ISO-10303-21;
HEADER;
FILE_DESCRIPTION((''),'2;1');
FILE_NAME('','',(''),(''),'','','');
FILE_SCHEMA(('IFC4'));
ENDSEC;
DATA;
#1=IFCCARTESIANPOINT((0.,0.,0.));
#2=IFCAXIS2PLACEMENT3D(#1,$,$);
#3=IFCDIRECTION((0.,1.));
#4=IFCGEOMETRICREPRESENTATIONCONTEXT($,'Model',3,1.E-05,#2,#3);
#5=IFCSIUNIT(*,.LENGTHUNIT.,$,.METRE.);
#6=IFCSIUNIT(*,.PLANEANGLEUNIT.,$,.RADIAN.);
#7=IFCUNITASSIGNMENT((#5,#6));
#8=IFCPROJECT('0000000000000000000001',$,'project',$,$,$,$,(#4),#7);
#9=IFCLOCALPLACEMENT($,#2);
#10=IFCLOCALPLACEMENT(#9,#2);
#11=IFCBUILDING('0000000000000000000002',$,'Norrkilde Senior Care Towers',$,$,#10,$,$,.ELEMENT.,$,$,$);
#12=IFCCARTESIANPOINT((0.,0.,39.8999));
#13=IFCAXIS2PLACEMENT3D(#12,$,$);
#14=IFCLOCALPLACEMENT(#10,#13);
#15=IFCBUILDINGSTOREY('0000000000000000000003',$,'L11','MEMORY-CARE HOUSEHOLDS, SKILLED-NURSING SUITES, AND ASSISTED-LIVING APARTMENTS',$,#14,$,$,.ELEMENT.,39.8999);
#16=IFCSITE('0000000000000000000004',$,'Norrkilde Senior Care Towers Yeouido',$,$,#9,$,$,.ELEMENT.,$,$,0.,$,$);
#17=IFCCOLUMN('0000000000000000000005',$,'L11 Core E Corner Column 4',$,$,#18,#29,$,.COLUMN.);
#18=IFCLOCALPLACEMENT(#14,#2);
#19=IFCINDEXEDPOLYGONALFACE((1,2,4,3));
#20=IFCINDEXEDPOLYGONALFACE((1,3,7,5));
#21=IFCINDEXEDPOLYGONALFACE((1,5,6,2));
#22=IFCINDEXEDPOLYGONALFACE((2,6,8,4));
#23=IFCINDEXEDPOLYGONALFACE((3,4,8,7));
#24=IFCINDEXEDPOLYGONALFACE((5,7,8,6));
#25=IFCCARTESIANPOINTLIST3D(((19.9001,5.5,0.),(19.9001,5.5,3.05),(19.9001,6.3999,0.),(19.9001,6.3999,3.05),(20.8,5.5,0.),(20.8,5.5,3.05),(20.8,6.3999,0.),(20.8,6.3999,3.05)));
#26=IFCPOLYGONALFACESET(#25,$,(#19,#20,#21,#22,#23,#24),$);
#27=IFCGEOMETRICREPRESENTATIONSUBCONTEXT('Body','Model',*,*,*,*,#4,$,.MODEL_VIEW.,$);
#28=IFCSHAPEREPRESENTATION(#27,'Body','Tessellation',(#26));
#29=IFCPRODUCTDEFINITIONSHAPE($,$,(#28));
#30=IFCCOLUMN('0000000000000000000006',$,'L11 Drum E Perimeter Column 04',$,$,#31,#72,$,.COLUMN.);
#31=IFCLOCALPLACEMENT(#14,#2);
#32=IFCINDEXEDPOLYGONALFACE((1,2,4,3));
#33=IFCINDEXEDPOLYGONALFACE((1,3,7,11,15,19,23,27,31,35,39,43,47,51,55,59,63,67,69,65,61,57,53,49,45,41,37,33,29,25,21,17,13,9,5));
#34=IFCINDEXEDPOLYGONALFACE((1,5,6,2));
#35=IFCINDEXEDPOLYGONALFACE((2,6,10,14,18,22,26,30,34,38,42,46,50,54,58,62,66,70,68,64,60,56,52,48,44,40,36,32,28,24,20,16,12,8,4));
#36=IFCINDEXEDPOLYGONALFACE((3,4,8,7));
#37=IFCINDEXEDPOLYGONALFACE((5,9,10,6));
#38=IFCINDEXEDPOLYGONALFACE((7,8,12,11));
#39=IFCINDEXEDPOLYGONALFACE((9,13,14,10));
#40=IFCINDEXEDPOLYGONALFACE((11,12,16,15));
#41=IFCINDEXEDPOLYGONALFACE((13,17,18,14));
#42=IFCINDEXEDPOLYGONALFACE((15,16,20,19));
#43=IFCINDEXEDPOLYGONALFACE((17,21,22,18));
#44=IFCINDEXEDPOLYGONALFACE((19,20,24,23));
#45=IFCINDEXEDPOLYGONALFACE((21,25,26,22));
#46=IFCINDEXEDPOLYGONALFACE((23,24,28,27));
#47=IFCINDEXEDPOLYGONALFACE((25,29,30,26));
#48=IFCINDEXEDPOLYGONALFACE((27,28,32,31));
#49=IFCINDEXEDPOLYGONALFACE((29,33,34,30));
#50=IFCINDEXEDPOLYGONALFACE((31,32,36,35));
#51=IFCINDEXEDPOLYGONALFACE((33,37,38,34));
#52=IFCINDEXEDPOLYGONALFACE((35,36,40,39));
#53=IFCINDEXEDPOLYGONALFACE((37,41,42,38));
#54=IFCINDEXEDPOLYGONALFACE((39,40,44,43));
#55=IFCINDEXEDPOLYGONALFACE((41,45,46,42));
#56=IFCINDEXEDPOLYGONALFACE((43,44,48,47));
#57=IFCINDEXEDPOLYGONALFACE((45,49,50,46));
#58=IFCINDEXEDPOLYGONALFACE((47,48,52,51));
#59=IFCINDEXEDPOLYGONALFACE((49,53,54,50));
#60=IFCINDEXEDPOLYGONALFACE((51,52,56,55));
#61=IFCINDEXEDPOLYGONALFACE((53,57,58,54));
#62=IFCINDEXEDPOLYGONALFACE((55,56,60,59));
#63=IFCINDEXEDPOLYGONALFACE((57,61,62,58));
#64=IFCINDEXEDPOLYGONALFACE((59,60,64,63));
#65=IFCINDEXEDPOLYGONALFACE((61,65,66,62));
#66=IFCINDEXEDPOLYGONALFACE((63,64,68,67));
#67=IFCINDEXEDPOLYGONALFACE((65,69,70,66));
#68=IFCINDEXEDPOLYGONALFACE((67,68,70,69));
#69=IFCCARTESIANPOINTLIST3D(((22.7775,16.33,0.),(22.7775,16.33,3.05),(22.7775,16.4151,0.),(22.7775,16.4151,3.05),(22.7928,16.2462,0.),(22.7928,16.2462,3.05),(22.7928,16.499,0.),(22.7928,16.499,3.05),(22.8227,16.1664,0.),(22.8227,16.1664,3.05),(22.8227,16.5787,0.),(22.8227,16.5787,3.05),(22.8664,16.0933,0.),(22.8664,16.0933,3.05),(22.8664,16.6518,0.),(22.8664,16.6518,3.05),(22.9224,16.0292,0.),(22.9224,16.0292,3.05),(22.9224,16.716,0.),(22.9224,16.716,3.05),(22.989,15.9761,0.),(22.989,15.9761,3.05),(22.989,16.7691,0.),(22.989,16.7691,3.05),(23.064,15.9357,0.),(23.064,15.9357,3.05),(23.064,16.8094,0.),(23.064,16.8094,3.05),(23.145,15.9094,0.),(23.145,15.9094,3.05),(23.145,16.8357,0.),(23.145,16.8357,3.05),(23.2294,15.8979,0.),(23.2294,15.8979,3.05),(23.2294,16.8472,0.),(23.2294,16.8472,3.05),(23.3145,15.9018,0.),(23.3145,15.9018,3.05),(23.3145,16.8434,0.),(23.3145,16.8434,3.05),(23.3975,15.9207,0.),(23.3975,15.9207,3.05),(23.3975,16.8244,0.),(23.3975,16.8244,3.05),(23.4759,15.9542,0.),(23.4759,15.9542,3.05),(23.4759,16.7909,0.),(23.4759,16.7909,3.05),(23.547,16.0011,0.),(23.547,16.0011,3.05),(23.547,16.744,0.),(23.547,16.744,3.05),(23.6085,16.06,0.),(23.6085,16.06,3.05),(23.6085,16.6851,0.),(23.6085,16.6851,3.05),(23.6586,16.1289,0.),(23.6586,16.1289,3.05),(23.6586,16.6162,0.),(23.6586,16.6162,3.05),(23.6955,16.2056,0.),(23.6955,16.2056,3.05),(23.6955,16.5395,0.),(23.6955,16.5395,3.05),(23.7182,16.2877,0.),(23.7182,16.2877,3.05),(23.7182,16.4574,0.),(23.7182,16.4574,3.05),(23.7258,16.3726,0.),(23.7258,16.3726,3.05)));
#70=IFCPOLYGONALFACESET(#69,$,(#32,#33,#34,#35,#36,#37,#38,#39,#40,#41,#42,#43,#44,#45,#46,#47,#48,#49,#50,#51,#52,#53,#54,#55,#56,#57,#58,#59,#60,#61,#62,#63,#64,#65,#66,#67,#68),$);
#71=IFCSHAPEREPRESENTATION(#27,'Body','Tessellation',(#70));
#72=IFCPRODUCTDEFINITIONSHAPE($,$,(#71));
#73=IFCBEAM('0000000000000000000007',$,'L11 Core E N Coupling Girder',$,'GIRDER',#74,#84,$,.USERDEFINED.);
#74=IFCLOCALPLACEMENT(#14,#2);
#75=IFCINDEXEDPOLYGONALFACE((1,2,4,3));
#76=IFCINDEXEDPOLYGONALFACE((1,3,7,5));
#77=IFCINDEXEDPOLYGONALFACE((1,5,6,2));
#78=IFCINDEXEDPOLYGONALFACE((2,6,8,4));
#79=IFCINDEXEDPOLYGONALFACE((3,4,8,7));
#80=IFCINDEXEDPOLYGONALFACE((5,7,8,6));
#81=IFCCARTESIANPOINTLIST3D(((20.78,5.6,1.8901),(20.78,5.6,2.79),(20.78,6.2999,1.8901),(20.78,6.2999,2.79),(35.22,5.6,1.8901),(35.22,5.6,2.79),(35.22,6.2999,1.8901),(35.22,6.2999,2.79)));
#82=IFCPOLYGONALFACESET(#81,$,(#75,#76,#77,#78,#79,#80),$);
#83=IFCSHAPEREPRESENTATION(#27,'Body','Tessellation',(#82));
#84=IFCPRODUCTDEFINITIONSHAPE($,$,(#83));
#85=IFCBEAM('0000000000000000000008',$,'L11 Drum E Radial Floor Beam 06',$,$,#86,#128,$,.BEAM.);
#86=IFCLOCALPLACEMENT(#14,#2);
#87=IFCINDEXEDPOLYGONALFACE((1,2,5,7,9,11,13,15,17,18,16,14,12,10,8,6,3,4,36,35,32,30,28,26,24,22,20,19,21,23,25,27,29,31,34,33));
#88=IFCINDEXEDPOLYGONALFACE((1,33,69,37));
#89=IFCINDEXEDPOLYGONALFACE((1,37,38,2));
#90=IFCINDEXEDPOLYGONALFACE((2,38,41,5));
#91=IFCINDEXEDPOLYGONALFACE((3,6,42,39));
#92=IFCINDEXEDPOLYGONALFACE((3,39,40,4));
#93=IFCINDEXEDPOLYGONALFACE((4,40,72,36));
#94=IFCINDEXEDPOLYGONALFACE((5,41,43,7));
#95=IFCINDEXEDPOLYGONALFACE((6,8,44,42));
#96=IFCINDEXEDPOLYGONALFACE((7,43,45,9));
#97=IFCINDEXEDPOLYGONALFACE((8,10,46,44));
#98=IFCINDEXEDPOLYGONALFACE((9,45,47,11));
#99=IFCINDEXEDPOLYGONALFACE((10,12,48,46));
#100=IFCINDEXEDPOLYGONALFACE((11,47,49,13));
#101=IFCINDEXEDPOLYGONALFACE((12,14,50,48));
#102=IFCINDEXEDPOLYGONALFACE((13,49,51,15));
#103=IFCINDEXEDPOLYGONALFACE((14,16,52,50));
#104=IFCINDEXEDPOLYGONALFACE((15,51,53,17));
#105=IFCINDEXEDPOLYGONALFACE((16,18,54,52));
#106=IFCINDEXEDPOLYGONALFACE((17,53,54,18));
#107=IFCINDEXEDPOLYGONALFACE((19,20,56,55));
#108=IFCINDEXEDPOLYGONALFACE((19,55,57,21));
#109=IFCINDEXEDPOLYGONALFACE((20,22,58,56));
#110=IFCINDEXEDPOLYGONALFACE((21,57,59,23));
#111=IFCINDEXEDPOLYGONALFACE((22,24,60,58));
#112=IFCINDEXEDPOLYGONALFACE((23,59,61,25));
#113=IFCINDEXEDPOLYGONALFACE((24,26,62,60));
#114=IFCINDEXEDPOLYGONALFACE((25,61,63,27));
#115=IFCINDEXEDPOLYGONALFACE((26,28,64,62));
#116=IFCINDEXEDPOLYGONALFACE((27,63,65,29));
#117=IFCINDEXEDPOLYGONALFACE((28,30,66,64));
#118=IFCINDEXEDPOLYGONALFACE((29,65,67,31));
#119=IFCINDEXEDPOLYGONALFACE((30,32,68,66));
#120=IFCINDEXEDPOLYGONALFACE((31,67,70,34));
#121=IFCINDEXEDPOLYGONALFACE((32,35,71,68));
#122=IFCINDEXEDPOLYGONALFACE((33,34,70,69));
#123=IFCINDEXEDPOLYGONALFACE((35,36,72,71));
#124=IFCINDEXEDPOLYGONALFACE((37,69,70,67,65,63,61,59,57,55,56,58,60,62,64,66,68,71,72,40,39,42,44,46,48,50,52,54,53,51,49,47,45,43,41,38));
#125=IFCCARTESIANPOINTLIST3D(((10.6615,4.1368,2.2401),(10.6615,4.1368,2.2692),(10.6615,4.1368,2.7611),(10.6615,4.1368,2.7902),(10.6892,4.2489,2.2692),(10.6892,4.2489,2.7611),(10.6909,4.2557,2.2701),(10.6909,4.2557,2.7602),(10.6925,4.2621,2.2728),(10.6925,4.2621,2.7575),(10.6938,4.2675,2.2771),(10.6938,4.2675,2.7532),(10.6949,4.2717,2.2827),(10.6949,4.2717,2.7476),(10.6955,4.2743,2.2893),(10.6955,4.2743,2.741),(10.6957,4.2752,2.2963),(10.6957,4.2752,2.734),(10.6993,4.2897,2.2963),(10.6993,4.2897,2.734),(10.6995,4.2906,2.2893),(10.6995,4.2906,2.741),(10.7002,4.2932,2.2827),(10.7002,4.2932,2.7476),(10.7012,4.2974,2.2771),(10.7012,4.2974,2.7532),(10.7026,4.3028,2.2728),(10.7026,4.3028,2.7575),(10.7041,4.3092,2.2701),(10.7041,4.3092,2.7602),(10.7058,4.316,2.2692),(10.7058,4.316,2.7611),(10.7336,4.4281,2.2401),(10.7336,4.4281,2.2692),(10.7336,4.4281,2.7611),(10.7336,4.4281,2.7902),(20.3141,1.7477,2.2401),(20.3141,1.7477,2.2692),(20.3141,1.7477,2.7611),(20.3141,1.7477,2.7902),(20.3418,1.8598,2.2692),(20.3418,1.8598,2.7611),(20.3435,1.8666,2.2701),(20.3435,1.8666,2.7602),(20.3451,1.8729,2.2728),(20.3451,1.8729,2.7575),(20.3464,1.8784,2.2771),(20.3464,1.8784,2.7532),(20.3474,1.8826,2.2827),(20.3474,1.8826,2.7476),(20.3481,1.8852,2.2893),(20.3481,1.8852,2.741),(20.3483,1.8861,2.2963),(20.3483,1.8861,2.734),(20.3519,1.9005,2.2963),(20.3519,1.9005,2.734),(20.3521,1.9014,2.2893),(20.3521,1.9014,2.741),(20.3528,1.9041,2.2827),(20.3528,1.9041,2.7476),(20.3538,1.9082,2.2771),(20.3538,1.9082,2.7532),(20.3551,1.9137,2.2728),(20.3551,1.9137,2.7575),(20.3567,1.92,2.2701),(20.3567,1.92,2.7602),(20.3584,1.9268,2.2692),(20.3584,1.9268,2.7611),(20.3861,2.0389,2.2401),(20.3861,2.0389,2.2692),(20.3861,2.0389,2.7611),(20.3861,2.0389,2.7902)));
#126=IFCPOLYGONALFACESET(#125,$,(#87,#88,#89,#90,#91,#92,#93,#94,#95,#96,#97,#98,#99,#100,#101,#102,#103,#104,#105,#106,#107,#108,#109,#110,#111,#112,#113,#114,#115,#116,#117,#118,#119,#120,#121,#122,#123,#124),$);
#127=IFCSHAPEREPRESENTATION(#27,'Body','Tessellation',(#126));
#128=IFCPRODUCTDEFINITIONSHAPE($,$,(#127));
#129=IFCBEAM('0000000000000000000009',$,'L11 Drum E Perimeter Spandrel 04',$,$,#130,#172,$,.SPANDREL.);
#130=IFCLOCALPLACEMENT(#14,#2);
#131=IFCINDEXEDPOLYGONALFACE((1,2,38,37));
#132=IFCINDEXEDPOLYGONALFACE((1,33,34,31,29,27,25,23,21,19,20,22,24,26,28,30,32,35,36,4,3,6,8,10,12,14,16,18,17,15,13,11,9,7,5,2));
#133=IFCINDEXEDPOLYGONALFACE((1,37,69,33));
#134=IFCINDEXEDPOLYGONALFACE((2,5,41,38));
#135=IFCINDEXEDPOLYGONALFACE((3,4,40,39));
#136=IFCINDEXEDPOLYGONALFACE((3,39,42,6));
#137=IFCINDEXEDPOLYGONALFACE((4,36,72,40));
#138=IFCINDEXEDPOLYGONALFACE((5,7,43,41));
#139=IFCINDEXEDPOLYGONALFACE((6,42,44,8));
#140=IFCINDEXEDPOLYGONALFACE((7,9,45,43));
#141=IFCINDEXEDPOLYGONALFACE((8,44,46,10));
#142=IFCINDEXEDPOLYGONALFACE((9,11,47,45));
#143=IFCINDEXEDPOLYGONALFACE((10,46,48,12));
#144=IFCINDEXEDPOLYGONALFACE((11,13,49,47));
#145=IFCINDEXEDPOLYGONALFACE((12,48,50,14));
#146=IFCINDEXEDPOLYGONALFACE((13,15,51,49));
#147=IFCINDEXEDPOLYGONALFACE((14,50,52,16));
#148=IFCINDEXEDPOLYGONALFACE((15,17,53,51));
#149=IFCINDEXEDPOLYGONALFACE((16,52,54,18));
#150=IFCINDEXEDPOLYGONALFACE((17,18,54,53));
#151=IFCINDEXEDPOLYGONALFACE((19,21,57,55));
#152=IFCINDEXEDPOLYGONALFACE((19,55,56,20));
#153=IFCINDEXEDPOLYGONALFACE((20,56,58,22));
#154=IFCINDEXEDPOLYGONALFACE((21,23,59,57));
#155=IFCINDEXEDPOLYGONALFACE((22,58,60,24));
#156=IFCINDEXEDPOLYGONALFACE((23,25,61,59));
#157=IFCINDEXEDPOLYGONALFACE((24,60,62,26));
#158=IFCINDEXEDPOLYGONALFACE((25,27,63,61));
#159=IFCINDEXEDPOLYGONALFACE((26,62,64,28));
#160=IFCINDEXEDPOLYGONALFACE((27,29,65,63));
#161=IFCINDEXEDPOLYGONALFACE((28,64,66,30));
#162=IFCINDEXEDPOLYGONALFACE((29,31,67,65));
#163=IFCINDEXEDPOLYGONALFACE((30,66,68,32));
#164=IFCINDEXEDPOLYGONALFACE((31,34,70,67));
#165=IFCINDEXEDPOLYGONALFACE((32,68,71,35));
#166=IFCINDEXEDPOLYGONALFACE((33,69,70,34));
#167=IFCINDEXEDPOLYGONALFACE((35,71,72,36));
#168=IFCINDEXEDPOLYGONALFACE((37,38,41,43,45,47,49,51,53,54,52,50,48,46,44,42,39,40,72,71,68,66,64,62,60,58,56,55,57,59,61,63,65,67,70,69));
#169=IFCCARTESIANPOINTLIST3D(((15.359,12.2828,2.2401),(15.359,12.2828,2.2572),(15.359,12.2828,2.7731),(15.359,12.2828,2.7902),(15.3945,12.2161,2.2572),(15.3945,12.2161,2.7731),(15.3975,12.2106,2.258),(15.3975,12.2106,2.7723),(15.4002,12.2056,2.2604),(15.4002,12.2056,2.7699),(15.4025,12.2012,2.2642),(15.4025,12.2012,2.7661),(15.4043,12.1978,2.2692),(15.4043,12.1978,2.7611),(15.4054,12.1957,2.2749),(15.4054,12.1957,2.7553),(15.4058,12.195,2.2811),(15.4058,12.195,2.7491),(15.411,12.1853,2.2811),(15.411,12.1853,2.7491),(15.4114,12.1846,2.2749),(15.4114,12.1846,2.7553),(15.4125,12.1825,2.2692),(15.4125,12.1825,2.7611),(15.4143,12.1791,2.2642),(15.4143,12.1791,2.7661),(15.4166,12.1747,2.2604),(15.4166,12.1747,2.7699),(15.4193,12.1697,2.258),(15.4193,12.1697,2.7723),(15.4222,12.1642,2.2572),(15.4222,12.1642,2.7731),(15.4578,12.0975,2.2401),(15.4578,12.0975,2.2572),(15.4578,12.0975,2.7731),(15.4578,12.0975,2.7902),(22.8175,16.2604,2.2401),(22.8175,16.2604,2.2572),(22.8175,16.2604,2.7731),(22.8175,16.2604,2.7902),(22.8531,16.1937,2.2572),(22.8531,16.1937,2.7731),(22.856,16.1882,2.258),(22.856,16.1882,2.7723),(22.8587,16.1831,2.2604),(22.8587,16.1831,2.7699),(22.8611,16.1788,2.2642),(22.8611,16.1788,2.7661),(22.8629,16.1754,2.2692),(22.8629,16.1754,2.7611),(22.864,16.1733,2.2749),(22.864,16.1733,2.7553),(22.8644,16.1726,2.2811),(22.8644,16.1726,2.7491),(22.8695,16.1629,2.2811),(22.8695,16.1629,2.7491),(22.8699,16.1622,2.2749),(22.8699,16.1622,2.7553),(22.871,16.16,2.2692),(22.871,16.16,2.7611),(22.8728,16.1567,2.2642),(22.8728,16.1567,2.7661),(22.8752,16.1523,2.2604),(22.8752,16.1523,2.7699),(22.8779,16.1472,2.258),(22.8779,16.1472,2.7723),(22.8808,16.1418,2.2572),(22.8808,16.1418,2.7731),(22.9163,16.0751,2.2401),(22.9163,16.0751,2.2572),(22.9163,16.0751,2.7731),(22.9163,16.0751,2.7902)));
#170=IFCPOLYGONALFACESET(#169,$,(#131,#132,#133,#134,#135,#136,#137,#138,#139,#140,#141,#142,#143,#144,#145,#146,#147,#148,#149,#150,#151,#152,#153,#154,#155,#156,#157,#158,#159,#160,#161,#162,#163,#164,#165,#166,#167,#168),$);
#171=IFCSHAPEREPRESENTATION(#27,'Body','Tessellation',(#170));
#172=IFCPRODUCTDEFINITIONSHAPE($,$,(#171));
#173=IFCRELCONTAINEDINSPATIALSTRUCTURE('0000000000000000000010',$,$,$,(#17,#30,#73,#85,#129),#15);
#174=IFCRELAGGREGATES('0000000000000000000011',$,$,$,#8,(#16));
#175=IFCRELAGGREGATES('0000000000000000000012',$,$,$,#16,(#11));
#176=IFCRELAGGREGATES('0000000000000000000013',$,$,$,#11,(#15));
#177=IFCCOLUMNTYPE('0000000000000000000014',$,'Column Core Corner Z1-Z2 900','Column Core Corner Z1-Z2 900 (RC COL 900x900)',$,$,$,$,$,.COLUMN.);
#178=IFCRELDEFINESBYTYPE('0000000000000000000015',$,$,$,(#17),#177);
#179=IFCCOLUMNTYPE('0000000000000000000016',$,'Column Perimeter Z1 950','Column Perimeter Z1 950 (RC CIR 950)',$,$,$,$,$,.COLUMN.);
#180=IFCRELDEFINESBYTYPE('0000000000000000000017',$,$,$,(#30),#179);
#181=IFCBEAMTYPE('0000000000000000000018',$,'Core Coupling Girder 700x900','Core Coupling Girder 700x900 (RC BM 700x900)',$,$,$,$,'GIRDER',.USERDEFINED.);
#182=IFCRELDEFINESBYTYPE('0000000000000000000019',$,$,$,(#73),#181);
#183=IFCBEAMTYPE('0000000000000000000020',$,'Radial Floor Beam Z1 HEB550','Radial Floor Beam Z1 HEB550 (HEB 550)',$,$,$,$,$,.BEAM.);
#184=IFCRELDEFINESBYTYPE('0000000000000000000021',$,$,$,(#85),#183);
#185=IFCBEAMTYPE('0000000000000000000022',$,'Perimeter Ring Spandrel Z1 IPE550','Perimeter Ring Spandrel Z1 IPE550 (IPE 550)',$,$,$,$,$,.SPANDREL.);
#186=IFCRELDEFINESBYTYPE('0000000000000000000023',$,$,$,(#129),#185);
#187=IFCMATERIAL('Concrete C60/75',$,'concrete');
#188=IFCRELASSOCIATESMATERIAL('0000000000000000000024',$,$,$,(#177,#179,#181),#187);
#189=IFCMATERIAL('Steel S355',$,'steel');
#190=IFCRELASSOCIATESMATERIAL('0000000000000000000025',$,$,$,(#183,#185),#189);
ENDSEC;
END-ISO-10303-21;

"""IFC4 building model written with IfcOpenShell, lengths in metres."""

from ifc_helpers import new_model, si_unit, direction, frame, origin, origin_2d, place, context, subcontext, project, spatial, rectangle, circle, i_section, extrude, source, transform, mapped, material, material_profile, profile_set, type_object, type_shapes, element, save


model = new_model("IFC4")

# Units and contexts
model_context = context("Model", 3, precision=1e-05, world=origin(), true_north=direction((0.0, 1.0)))
body_context = subcontext(model_context, "Body", "Model", "MODEL_VIEW")
ifc_project = project(units=[si_unit("LENGTHUNIT", "METRE"), si_unit("PLANEANGLEUNIT", "RADIAN")], contexts=[model_context])

# Site, building, storey
site_placement = place(None, origin())
site = spatial("IfcSite", under=ifc_project, at=site_placement, Name="Norrkilde Senior Care Towers Yeouido", CompositionType="ELEMENT", RefElevation=0.0)
building_placement = place(site_placement, origin())
building = spatial("IfcBuilding", under=site, at=building_placement, Name="Norrkilde Senior Care Towers", CompositionType="ELEMENT")
storey_placement = place(building_placement, frame((0.0, 0.0, 39.8999)))
storey = spatial("IfcBuildingStorey", under=building, at=storey_placement, Name="L11", Description="MEMORY-CARE HOUSEHOLDS, SKILLED-NURSING SUITES, AND ASSISTED-LIVING APARTMENTS", CompositionType="ELEMENT", Elevation=39.8999)

# Columns
ifc_material_1 = material(Name="Concrete C60/75", Category="concrete")
ifc_material_profile_1 = material_profile(ifc_material_1, rectangle(XDim=0.8999, YDim=0.8999, at=origin_2d()), Name="RC COL 900x900")
ifc_profile_set_1 = profile_set([ifc_material_profile_1], Name="Concrete C60/75")
column_type_1 = type_object("IfcColumnType", Name="Column Core Corner Z1-Z2 900", Description="Column Core Corner Z1-Z2 900 (RC COL 900x900)", PredefinedType="COLUMN", material=ifc_profile_set_1)
shared_shape_1 = source(origin(), body_context, "Body", "SweptSolid", [
    extrude(rectangle(XDim=0.8999, YDim=0.8999, at=origin_2d()), origin(), (0.0, 0.0, 1.0), 3.05),
])
type_shapes(column_type_1, [shared_shape_1])
column_1_placement = place(storey_placement, frame((20.3501, 5.95, 0.0), z_axis=(0.0, 0.0, 1.0), x_axis=(1.0, 0.0, 0.0)))
element("IfcColumn", 1, at=column_1_placement, inside=storey, type_object=column_type_1, Name="L11 Core E Corner Column 4", PredefinedType="COLUMN", context=body_context, shape_type="MappedRepresentation", body=[
    mapped(shared_shape_1, transform((0.0, 0.0, 0.0), x_axis=(1.0, 0.0, 0.0), y_axis=(0.0, 1.0, 0.0), z_axis=(0.0, 0.0, 1.0), scale=1.0)),
])
ifc_material_profile_2 = material_profile(ifc_material_1, circle(Radius=0.4751, at=origin_2d()), Name="RC CIR 950")
ifc_profile_set_2 = profile_set([ifc_material_profile_2], Name="Concrete C60/75")
column_type_2 = type_object("IfcColumnType", Name="Column Perimeter Z1 950", Description="Column Perimeter Z1 950 (RC CIR 950)", PredefinedType="COLUMN", material=ifc_profile_set_2)
shared_shape_2 = source(origin(), body_context, "Body", "SweptSolid", [
    extrude(circle(Radius=0.4751, at=origin_2d()), origin(), (0.0, 0.0, 1.0), 3.05),
])
type_shapes(column_type_2, [shared_shape_2])
column_2_placement = place(storey_placement, frame((23.2507, 16.3726, 0.0), z_axis=(0.0, 0.0, 1.0), x_axis=(1.0, 0.0, 0.0)))
element("IfcColumn", 2, at=column_2_placement, inside=storey, type_object=column_type_2, Name="L11 Drum E Perimeter Column 04", PredefinedType="COLUMN", context=body_context, shape_type="MappedRepresentation", body=[
    mapped(shared_shape_2, transform((0.0, 0.0, 0.0), x_axis=(1.0, 0.0, 0.0), y_axis=(0.0, 1.0, 0.0), z_axis=(0.0, 0.0, 1.0), scale=1.0)),
])

# Beams
ifc_material_profile_3 = material_profile(ifc_material_1, rectangle(XDim=0.7, YDim=0.8999, at=origin_2d()), Name="RC BM 700x900")
ifc_profile_set_3 = profile_set([ifc_material_profile_3], Name="Concrete C60/75")
beam_type_1 = type_object("IfcBeamType", Name="Core Coupling Girder 700x900", Description="Core Coupling Girder 700x900 (RC BM 700x900)", ElementType="GIRDER", PredefinedType="USERDEFINED", material=ifc_profile_set_3)
shared_shape_3 = source(origin(), body_context, "Body", "SweptSolid", [
    extrude(rectangle(XDim=0.7, YDim=0.8999, at=origin_2d()), origin(), (0.0, 0.0, 1.0), 14.4399),
])
type_shapes(beam_type_1, [shared_shape_3])
beam_1_placement = place(storey_placement, frame((20.78, 5.95, 2.3401), z_axis=(1.0, 0.0, 0.0), x_axis=(0.0, 1.0, 0.0)))
element("IfcBeam", 3, at=beam_1_placement, inside=storey, type_object=beam_type_1, Name="L11 Core E N Coupling Girder", ObjectType="GIRDER", PredefinedType="USERDEFINED", context=body_context, shape_type="MappedRepresentation", body=[
    mapped(shared_shape_3, transform((0.0, 0.0, 0.0), x_axis=(1.0, 0.0, 0.0), y_axis=(0.0, 1.0, 0.0), z_axis=(0.0, 0.0, 1.0), scale=1.0)),
])
ifc_material_2 = material(Name="Steel S355", Category="steel")
ifc_material_profile_4 = material_profile(ifc_material_2, i_section(OverallWidth=0.3, OverallDepth=0.55, WebThickness=0.0149, FlangeThickness=0.0291, FilletRadius=0.0271, at=origin_2d()), Name="HEB 550")
ifc_profile_set_4 = profile_set([ifc_material_profile_4], Name="Steel S355")
beam_type_2 = type_object("IfcBeamType", Name="Radial Floor Beam Z1 HEB550", Description="Radial Floor Beam Z1 HEB550 (HEB 550)", PredefinedType="BEAM", material=ifc_profile_set_4)
shared_shape_4 = source(origin(), body_context, "Body", "SweptSolid", [
    extrude(i_section(OverallWidth=0.3, OverallDepth=0.55, WebThickness=0.0149, FlangeThickness=0.0291, FilletRadius=0.0271, at=origin_2d()), origin(), (0.0, 0.0, 1.0), 9.9438),
])
beam_2_placement = place(storey_placement, frame((20.3501, 1.8933, 2.5151), z_axis=(-0.970707, 0.240265, 0.0), x_axis=(-0.240265, -0.970707, 0.0)))
element("IfcBeam", 4, at=beam_2_placement, inside=storey, type_object=beam_type_2, Name="L11 Drum E Radial Floor Beam 06", PredefinedType="BEAM", context=body_context, shape_type="MappedRepresentation", body=[
    mapped(shared_shape_4, transform((0.0, 0.0, 0.0), x_axis=(1.0, 0.0, 0.0), y_axis=(0.0, 1.0, 0.0), z_axis=(0.0, 0.0, 1.0), scale=1.0)),
])
ifc_material_profile_5 = material_profile(ifc_material_2, i_section(OverallWidth=0.21, OverallDepth=0.55, WebThickness=0.011, FlangeThickness=0.0171, FilletRadius=0.0239, at=origin_2d()), Name="IPE 550")
ifc_profile_set_5 = profile_set([ifc_material_profile_5], Name="Steel S355")
beam_type_3 = type_object("IfcBeamType", Name="Perimeter Ring Spandrel Z1 IPE550", Description="Perimeter Ring Spandrel Z1 IPE550 (IPE 550)", PredefinedType="SPANDREL", material=ifc_profile_set_5)
shared_shape_5 = source(origin(), body_context, "Body", "SweptSolid", [
    extrude(i_section(OverallWidth=0.21, OverallDepth=0.55, WebThickness=0.011, FlangeThickness=0.0171, FilletRadius=0.0239, at=origin_2d()), origin(), (0.0, 0.0, 1.0), 8.4529),
])
type_shapes(beam_type_3, [shared_shape_5])
beam_3_placement = place(storey_placement, frame((22.8669, 16.1677, 2.5151), z_axis=(-0.882369, -0.470558, 0.0), x_axis=(0.470558, -0.882369, 0.0)))
element("IfcBeam", 5, at=beam_3_placement, inside=storey, type_object=beam_type_3, Name="L11 Drum E Perimeter Spandrel 04", PredefinedType="SPANDREL", context=body_context, shape_type="MappedRepresentation", body=[
    mapped(shared_shape_5, transform((0.0, 0.0, 0.0), x_axis=(1.0, 0.0, 0.0), y_axis=(0.0, 1.0, 0.0), z_axis=(0.0, 0.0, 1.0), scale=1.0)),
])

save(model, "model.ifc")
